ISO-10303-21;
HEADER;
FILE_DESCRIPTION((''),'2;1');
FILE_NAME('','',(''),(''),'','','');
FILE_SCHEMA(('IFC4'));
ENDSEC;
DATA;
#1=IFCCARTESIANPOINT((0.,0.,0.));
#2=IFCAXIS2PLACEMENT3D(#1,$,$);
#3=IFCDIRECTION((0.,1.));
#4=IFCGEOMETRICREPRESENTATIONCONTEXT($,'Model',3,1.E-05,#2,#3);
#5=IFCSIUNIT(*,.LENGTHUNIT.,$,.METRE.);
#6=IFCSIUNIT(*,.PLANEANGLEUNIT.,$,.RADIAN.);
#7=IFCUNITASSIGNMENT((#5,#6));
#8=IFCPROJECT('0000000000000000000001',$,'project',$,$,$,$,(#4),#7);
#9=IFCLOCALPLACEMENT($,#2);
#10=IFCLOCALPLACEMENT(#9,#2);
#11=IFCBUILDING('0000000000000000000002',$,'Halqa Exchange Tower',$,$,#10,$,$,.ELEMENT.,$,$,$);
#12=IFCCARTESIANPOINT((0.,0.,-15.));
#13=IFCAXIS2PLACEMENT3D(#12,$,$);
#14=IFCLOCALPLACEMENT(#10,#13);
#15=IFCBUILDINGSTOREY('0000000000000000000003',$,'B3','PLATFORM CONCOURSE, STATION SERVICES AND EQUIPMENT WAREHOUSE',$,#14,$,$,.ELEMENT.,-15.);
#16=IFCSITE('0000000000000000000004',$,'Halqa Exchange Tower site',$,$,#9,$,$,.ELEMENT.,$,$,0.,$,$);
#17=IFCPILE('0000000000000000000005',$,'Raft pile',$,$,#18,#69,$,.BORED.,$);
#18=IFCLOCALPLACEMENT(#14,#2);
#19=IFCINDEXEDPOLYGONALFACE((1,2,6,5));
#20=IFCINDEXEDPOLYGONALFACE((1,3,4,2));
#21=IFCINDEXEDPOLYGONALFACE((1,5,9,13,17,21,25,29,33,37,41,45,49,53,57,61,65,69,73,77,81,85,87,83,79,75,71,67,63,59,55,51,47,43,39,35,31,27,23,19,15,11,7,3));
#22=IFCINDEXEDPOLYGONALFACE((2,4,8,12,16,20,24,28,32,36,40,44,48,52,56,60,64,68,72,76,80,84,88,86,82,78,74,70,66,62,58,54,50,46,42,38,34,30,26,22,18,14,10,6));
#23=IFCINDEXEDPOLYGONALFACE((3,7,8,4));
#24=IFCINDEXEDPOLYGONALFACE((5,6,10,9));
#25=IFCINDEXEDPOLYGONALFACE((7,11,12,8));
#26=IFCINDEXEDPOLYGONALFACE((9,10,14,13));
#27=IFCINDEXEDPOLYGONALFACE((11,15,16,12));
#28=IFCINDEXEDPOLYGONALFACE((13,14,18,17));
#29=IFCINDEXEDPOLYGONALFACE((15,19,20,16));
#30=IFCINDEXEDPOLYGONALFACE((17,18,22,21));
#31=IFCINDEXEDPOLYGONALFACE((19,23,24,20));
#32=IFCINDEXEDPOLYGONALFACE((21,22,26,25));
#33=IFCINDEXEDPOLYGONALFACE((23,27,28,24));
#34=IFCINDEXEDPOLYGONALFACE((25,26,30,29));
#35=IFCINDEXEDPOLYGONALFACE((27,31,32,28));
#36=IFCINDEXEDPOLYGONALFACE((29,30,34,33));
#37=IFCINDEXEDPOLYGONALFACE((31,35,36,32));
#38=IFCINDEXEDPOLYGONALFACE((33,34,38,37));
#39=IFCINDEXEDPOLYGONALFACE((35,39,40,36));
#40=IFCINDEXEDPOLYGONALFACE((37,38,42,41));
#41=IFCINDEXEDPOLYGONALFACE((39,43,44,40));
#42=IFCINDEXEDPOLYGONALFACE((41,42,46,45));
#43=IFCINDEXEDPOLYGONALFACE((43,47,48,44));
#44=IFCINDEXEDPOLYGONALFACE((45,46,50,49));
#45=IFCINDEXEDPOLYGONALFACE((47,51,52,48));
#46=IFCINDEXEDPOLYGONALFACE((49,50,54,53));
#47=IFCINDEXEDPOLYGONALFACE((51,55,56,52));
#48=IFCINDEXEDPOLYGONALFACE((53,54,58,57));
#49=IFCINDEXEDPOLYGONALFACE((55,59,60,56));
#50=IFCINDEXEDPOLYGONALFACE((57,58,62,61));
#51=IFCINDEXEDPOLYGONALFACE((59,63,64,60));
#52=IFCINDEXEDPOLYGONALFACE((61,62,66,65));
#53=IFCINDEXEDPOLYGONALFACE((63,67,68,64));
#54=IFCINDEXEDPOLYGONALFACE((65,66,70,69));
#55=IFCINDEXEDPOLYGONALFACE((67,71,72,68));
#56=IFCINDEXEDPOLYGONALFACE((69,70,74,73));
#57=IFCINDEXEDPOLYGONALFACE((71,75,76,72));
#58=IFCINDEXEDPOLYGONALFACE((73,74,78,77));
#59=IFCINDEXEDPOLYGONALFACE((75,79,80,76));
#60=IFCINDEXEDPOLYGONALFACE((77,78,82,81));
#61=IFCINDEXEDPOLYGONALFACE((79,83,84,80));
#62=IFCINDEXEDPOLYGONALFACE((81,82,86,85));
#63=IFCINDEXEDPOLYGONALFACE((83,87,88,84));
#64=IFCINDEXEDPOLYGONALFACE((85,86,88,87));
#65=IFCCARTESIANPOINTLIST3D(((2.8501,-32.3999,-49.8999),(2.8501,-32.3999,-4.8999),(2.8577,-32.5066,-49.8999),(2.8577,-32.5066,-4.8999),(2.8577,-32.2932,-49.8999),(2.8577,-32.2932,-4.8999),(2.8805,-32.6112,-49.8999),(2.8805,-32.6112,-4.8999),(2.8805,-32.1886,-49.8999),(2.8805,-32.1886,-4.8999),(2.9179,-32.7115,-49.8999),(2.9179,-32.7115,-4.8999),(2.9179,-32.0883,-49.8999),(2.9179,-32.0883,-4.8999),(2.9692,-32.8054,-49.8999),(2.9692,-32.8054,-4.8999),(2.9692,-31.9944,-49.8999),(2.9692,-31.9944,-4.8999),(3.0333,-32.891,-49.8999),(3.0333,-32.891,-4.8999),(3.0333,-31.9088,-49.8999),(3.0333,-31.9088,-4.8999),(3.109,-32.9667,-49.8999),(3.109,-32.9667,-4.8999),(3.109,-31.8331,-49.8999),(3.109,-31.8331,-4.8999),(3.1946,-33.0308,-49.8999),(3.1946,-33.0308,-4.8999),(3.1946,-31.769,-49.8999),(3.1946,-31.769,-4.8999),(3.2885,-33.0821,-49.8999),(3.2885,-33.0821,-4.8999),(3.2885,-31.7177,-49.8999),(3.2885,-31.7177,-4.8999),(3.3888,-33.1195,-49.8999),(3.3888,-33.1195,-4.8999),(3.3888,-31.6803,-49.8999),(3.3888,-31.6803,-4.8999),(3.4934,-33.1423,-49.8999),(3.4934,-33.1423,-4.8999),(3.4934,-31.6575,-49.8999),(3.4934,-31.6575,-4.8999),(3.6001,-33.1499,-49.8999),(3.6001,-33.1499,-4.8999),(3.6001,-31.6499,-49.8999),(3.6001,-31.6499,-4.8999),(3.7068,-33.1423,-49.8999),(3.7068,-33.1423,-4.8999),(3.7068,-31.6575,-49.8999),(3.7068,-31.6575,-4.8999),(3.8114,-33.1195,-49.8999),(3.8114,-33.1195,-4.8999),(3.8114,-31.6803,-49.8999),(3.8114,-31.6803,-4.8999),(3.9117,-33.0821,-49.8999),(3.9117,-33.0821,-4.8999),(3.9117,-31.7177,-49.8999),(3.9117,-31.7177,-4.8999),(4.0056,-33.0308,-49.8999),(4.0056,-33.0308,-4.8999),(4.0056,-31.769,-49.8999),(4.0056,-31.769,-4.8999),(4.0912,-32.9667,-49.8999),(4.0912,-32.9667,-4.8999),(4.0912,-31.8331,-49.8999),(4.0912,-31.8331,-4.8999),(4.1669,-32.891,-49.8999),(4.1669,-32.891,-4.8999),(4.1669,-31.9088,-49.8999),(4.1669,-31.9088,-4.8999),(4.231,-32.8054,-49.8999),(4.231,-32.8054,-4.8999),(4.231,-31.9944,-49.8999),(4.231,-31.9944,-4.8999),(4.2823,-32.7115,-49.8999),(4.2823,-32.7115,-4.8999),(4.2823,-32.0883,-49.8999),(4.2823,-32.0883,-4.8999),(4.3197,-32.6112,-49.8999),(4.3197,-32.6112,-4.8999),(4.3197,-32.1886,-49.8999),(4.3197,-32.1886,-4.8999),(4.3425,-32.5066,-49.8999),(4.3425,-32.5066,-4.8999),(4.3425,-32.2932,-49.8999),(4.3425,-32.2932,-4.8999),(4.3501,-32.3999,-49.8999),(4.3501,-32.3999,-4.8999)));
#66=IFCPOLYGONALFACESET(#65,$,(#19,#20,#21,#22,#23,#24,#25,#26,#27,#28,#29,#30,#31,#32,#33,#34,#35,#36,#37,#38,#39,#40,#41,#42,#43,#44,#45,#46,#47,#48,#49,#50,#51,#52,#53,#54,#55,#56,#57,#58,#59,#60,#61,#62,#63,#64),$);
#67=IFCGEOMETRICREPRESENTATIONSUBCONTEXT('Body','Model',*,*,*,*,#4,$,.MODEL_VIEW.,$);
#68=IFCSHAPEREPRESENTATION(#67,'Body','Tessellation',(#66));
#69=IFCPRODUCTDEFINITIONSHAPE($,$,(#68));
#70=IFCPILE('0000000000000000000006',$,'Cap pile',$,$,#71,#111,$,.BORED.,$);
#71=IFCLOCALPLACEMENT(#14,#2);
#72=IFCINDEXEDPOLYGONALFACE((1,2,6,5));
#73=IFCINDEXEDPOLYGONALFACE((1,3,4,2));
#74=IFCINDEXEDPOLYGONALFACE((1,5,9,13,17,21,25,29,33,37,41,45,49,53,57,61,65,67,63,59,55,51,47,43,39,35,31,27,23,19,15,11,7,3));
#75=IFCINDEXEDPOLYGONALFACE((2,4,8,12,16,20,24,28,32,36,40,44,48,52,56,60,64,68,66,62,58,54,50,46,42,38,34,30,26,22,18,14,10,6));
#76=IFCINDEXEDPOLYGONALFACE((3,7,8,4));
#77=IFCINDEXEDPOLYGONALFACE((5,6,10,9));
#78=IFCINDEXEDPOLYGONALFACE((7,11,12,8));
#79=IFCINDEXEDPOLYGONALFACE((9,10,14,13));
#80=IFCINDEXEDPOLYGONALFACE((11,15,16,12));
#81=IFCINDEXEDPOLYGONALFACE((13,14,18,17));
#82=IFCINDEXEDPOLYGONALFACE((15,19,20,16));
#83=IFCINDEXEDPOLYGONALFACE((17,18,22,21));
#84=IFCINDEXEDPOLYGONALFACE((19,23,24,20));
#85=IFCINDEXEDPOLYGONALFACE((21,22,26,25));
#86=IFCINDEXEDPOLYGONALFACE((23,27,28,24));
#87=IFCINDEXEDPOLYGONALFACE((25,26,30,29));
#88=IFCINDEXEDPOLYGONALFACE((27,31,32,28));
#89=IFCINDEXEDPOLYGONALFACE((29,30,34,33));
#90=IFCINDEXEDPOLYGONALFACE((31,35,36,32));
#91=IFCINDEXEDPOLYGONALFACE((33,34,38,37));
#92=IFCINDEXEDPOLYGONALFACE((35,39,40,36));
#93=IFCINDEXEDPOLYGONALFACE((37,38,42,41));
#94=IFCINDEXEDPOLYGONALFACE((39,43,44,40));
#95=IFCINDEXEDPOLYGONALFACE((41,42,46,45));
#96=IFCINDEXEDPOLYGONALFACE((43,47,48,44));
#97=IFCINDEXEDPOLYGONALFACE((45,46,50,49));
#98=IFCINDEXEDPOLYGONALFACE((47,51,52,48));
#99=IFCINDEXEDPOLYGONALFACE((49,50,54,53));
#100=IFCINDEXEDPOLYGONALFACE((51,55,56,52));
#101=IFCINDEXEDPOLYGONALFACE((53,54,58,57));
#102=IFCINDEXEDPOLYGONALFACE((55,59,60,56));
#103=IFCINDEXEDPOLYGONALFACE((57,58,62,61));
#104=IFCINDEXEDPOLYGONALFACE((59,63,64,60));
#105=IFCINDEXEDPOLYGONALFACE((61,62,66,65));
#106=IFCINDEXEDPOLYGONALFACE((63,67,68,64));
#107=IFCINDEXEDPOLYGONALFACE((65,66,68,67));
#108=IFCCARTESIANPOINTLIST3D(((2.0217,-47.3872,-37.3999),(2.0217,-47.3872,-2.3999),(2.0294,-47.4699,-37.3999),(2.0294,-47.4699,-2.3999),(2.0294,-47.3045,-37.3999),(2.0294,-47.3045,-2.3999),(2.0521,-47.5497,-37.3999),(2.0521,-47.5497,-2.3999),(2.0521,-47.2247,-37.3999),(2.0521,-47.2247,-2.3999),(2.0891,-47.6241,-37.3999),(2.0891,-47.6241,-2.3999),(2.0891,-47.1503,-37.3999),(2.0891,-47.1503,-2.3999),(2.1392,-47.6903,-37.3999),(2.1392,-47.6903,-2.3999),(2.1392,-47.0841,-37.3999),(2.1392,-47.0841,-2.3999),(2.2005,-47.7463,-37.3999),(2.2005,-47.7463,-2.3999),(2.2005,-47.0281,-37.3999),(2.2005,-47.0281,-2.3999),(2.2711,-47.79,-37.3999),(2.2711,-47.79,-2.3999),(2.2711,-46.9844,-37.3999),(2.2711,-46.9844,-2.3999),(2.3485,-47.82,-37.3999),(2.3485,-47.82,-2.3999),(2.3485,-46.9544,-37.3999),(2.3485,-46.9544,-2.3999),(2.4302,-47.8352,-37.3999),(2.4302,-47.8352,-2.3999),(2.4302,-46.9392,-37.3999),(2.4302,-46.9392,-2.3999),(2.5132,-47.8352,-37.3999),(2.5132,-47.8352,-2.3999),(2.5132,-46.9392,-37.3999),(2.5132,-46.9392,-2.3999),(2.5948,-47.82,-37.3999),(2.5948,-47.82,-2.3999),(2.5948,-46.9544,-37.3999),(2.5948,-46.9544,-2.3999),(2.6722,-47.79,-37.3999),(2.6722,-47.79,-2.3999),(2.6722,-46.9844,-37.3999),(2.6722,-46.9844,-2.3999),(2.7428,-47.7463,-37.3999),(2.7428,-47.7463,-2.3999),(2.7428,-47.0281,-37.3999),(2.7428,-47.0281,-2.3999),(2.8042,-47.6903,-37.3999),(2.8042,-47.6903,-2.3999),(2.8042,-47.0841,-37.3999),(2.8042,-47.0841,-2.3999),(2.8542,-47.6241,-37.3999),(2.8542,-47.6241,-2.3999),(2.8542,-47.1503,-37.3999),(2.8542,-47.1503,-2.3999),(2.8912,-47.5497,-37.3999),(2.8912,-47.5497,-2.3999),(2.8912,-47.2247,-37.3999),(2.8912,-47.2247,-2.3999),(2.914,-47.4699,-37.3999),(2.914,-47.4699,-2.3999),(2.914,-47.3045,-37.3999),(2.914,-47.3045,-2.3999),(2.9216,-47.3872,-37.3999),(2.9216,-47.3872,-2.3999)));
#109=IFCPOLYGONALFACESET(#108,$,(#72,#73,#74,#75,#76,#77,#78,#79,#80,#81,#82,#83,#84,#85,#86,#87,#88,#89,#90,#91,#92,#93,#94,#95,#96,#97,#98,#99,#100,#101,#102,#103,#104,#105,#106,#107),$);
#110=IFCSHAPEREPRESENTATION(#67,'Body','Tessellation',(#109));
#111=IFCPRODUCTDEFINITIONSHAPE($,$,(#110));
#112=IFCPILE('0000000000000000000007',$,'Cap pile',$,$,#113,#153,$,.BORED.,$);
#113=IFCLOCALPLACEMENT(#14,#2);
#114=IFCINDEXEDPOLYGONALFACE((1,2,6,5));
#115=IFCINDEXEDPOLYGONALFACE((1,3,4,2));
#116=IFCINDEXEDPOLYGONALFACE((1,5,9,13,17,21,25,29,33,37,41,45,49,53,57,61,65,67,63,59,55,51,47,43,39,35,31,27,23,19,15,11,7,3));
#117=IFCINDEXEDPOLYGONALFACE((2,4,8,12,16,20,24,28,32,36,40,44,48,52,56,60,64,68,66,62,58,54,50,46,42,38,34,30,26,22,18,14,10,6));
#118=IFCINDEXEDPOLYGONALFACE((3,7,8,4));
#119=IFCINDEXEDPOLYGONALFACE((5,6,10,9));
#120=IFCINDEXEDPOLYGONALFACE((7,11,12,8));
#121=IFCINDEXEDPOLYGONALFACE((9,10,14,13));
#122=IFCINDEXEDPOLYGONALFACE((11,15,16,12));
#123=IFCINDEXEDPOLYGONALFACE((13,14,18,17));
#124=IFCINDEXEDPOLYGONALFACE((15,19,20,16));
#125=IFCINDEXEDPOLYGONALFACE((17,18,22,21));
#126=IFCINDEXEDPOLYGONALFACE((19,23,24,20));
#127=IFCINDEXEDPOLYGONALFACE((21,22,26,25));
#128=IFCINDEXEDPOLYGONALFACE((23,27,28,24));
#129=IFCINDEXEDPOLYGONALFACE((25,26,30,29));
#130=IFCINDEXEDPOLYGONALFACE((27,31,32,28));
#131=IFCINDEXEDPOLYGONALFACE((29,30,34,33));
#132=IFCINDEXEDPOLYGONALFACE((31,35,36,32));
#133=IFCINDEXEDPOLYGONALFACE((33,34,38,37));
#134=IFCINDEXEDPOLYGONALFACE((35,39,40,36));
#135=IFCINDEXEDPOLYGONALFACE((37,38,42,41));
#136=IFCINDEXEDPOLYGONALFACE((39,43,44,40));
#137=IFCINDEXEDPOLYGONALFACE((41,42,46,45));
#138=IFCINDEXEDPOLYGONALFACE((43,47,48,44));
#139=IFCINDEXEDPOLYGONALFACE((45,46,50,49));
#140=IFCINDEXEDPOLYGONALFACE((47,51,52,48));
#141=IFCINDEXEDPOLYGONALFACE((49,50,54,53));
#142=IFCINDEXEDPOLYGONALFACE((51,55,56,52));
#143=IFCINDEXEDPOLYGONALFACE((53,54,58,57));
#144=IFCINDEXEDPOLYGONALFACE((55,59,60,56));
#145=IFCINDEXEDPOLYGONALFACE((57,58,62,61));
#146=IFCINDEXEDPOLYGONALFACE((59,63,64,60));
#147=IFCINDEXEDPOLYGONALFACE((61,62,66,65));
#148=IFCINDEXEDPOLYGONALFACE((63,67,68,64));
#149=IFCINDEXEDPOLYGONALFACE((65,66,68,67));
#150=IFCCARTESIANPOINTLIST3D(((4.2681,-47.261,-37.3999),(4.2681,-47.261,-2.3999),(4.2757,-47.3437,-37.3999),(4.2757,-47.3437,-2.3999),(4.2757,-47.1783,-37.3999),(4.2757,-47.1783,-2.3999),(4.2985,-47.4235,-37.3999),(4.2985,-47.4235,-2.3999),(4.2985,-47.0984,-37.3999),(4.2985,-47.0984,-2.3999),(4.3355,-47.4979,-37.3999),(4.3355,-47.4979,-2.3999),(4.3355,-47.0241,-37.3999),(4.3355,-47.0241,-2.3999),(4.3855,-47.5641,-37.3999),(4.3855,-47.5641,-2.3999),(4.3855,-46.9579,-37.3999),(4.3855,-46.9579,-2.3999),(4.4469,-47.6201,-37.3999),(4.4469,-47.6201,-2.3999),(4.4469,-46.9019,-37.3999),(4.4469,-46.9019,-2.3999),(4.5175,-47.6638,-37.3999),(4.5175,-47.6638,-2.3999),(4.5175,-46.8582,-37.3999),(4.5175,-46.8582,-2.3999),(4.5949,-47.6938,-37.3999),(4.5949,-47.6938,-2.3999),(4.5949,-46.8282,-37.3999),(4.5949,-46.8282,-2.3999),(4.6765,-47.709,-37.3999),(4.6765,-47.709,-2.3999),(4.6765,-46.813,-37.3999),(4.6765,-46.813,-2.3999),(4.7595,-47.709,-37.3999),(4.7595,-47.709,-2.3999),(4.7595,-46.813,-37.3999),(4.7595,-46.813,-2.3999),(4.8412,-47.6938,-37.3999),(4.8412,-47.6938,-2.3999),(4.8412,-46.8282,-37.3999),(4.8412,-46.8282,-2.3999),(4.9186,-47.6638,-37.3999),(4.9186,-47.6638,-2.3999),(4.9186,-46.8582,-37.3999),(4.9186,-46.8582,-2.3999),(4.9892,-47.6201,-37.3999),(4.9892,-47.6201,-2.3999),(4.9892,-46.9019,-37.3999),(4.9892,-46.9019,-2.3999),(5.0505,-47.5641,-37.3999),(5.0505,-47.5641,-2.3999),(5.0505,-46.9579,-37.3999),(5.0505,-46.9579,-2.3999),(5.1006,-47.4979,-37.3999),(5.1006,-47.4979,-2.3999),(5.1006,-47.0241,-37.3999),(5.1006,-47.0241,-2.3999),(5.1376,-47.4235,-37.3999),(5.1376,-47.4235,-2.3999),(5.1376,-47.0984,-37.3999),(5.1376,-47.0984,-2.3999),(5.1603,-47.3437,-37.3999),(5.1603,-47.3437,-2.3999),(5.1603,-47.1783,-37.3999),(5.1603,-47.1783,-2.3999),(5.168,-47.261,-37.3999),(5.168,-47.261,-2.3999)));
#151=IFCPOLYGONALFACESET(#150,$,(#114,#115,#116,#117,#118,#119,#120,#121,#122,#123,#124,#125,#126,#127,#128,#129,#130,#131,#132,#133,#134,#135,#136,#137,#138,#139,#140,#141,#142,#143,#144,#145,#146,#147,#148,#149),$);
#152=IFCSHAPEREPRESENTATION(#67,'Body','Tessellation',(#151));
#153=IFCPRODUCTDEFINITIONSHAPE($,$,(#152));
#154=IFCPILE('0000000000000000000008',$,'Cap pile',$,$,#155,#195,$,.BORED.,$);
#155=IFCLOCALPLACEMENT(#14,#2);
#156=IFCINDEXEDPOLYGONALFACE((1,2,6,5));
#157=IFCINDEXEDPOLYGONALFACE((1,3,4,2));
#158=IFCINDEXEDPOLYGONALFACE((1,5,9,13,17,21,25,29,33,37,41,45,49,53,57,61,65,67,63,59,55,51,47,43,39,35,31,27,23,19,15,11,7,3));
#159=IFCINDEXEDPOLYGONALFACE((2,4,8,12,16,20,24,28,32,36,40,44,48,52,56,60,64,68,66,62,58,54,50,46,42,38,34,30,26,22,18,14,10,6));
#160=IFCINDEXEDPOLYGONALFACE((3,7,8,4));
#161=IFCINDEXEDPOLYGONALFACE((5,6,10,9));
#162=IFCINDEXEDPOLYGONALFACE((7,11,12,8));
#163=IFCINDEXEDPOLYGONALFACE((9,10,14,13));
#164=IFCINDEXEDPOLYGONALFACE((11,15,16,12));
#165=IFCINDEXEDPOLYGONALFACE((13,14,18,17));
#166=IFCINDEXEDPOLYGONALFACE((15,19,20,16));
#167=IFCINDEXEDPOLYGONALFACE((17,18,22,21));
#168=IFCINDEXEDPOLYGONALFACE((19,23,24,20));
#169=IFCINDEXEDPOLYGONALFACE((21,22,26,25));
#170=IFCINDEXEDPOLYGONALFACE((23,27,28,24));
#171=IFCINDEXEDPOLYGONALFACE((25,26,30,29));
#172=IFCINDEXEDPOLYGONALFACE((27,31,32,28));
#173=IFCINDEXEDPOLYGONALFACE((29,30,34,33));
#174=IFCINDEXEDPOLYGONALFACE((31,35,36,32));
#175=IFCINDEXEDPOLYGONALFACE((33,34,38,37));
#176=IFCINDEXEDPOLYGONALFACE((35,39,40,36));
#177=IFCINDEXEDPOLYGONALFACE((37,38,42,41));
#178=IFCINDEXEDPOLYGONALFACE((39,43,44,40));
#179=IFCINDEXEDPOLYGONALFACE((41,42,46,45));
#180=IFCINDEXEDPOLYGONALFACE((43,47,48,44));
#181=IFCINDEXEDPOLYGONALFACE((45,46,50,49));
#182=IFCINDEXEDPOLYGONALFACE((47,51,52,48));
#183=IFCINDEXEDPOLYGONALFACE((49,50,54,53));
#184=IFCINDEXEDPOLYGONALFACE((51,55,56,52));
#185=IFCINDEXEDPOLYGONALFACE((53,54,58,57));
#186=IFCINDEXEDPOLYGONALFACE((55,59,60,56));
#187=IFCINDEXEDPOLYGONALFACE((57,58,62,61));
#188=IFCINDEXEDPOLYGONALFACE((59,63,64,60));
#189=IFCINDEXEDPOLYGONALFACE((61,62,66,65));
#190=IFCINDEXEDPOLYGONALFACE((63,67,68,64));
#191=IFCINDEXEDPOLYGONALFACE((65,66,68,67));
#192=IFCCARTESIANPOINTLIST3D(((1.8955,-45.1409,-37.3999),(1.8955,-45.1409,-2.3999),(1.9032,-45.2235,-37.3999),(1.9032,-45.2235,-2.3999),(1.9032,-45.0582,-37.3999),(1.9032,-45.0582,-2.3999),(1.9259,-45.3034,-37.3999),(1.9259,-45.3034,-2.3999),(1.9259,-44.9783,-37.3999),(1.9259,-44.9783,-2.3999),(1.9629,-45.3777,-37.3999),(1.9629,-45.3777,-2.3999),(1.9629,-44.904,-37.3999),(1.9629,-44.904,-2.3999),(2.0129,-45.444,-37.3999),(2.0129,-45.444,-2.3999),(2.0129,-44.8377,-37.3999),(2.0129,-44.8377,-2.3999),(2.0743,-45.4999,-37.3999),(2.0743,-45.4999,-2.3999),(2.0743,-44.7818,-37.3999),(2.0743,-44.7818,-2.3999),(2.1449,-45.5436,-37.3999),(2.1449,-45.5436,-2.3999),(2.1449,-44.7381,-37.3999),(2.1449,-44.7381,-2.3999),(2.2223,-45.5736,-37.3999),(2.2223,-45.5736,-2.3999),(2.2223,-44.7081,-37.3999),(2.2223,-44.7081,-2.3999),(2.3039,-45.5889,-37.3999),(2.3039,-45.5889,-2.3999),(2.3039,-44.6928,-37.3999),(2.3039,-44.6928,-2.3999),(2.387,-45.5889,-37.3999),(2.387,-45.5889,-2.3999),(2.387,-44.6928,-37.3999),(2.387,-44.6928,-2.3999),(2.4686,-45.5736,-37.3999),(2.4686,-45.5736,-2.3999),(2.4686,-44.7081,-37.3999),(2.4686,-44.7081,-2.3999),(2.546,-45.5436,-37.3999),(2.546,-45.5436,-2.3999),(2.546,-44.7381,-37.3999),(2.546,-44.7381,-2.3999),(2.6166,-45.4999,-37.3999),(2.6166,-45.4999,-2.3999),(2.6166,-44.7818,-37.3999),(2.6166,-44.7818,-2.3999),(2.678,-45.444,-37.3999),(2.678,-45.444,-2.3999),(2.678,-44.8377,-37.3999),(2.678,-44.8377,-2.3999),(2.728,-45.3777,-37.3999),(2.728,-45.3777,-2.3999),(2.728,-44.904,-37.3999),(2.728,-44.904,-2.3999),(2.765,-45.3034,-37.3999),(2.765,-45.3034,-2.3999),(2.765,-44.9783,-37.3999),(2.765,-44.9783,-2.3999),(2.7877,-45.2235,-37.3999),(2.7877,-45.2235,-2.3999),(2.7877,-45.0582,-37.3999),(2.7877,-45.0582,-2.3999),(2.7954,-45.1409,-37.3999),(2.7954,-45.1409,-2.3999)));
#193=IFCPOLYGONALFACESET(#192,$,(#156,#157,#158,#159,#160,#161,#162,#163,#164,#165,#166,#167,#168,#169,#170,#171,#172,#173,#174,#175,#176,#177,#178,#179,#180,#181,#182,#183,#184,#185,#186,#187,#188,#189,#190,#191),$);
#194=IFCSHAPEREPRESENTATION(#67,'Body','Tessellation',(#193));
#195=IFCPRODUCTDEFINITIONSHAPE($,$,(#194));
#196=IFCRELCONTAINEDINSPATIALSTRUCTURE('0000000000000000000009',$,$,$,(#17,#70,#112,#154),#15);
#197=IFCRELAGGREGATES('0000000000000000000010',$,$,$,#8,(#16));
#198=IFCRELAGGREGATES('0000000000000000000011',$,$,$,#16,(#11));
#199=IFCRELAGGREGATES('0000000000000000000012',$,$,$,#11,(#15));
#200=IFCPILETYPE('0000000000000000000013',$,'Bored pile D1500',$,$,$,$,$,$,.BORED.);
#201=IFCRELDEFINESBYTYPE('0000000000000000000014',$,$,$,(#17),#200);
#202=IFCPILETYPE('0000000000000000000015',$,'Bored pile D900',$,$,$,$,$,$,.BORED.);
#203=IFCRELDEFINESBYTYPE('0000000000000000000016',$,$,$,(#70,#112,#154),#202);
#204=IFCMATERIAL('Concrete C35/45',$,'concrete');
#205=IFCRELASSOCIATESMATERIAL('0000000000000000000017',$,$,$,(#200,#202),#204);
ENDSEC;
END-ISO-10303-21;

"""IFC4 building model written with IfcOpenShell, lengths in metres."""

from ifc_helpers import new_model, si_unit, direction, frame, origin, origin_2d, place, context, subcontext, project, spatial, circle, extrude, material, material_profile, profile_set, type_object, element, save


model = new_model("IFC4")

# Units and contexts
model_context = context("Model", 3, precision=1e-05, world=origin(), true_north=direction((0.0, 1.0)))
body_context = subcontext(model_context, "Body", "Model", "MODEL_VIEW")
ifc_project = project(units=[si_unit("LENGTHUNIT", "METRE"), si_unit("PLANEANGLEUNIT", "RADIAN")], contexts=[model_context])

# Site, building, storey
site_placement = place(None, origin())
site = spatial("IfcSite", under=ifc_project, at=site_placement, Name="Halqa Exchange Tower site", CompositionType="ELEMENT", RefElevation=0.0)
building_placement = place(site_placement, origin())
building = spatial("IfcBuilding", under=site, at=building_placement, Name="Halqa Exchange Tower", CompositionType="ELEMENT")
storey_placement = place(building_placement, frame((0.0, 0.0, -15.0)))
storey = spatial("IfcBuildingStorey", under=building, at=storey_placement, Name="B3", Description="PLATFORM CONCOURSE, STATION SERVICES AND EQUIPMENT WAREHOUSE", CompositionType="ELEMENT", Elevation=-15.0)

# Piles
ifc_material_1 = material(Name="Concrete C35/45", Category="concrete")
ifc_material_profile_1 = material_profile(ifc_material_1, circle(Radius=0.75, at=origin_2d()), Name="D1500")
ifc_profile_set_1 = profile_set([ifc_material_profile_1], Name="Concrete C35/45")
pile_type_1 = type_object("IfcPileType", Name="Bored pile D1500", PredefinedType="BORED", material=ifc_profile_set_1)
pile_placement = place(storey_placement, frame((3.6001, -32.3999, -4.8999), z_axis=(0.0, 0.0, -1.0), x_axis=(1.0, 0.0, 0.0)))
element("IfcPile", 1, at=pile_placement, inside=storey, type_object=pile_type_1, Name="Raft pile", PredefinedType="BORED", context=body_context, shape_type="SweptSolid", body=[
    extrude(circle(Radius=0.75, at=origin_2d()), origin(), (0.0, 0.0, 1.0), 45.0),
])
ifc_material_profile_2 = material_profile(ifc_material_1, circle(Radius=0.45, at=origin_2d()), Name="D900")
ifc_profile_set_2 = profile_set([ifc_material_profile_2], Name="Concrete C35/45")
pile_type_2 = type_object("IfcPileType", Name="Bored pile D900", PredefinedType="BORED", material=ifc_profile_set_2)
for number, where, z_axis, x_axis, name in (
    (2, (2.4717, -47.3872, -2.3999), (0.0, 0.0, -1.0), (1.0, 0.0, 0.0), "Cap pile"),
    (3, (4.718, -47.261, -2.3999), (0.0, 0.0, -1.0), (1.0, 0.0, 0.0), "Cap pile"),
    (4, (2.3455, -45.1409, -2.3999), (0.0, 0.0, -1.0), (1.0, 0.0, 0.0), "Cap pile"),
):
    element("IfcPile", number, at=place(storey_placement, frame(where, z_axis=z_axis, x_axis=x_axis)), inside=storey, type_object=pile_type_2, Name=name, PredefinedType="BORED", context=body_context, shape_type="SweptSolid", body=[
        extrude(circle(Radius=0.45, at=origin_2d()), origin(), (0.0, 0.0, 1.0), 35.0),
    ])

save(model, "model.ifc")
